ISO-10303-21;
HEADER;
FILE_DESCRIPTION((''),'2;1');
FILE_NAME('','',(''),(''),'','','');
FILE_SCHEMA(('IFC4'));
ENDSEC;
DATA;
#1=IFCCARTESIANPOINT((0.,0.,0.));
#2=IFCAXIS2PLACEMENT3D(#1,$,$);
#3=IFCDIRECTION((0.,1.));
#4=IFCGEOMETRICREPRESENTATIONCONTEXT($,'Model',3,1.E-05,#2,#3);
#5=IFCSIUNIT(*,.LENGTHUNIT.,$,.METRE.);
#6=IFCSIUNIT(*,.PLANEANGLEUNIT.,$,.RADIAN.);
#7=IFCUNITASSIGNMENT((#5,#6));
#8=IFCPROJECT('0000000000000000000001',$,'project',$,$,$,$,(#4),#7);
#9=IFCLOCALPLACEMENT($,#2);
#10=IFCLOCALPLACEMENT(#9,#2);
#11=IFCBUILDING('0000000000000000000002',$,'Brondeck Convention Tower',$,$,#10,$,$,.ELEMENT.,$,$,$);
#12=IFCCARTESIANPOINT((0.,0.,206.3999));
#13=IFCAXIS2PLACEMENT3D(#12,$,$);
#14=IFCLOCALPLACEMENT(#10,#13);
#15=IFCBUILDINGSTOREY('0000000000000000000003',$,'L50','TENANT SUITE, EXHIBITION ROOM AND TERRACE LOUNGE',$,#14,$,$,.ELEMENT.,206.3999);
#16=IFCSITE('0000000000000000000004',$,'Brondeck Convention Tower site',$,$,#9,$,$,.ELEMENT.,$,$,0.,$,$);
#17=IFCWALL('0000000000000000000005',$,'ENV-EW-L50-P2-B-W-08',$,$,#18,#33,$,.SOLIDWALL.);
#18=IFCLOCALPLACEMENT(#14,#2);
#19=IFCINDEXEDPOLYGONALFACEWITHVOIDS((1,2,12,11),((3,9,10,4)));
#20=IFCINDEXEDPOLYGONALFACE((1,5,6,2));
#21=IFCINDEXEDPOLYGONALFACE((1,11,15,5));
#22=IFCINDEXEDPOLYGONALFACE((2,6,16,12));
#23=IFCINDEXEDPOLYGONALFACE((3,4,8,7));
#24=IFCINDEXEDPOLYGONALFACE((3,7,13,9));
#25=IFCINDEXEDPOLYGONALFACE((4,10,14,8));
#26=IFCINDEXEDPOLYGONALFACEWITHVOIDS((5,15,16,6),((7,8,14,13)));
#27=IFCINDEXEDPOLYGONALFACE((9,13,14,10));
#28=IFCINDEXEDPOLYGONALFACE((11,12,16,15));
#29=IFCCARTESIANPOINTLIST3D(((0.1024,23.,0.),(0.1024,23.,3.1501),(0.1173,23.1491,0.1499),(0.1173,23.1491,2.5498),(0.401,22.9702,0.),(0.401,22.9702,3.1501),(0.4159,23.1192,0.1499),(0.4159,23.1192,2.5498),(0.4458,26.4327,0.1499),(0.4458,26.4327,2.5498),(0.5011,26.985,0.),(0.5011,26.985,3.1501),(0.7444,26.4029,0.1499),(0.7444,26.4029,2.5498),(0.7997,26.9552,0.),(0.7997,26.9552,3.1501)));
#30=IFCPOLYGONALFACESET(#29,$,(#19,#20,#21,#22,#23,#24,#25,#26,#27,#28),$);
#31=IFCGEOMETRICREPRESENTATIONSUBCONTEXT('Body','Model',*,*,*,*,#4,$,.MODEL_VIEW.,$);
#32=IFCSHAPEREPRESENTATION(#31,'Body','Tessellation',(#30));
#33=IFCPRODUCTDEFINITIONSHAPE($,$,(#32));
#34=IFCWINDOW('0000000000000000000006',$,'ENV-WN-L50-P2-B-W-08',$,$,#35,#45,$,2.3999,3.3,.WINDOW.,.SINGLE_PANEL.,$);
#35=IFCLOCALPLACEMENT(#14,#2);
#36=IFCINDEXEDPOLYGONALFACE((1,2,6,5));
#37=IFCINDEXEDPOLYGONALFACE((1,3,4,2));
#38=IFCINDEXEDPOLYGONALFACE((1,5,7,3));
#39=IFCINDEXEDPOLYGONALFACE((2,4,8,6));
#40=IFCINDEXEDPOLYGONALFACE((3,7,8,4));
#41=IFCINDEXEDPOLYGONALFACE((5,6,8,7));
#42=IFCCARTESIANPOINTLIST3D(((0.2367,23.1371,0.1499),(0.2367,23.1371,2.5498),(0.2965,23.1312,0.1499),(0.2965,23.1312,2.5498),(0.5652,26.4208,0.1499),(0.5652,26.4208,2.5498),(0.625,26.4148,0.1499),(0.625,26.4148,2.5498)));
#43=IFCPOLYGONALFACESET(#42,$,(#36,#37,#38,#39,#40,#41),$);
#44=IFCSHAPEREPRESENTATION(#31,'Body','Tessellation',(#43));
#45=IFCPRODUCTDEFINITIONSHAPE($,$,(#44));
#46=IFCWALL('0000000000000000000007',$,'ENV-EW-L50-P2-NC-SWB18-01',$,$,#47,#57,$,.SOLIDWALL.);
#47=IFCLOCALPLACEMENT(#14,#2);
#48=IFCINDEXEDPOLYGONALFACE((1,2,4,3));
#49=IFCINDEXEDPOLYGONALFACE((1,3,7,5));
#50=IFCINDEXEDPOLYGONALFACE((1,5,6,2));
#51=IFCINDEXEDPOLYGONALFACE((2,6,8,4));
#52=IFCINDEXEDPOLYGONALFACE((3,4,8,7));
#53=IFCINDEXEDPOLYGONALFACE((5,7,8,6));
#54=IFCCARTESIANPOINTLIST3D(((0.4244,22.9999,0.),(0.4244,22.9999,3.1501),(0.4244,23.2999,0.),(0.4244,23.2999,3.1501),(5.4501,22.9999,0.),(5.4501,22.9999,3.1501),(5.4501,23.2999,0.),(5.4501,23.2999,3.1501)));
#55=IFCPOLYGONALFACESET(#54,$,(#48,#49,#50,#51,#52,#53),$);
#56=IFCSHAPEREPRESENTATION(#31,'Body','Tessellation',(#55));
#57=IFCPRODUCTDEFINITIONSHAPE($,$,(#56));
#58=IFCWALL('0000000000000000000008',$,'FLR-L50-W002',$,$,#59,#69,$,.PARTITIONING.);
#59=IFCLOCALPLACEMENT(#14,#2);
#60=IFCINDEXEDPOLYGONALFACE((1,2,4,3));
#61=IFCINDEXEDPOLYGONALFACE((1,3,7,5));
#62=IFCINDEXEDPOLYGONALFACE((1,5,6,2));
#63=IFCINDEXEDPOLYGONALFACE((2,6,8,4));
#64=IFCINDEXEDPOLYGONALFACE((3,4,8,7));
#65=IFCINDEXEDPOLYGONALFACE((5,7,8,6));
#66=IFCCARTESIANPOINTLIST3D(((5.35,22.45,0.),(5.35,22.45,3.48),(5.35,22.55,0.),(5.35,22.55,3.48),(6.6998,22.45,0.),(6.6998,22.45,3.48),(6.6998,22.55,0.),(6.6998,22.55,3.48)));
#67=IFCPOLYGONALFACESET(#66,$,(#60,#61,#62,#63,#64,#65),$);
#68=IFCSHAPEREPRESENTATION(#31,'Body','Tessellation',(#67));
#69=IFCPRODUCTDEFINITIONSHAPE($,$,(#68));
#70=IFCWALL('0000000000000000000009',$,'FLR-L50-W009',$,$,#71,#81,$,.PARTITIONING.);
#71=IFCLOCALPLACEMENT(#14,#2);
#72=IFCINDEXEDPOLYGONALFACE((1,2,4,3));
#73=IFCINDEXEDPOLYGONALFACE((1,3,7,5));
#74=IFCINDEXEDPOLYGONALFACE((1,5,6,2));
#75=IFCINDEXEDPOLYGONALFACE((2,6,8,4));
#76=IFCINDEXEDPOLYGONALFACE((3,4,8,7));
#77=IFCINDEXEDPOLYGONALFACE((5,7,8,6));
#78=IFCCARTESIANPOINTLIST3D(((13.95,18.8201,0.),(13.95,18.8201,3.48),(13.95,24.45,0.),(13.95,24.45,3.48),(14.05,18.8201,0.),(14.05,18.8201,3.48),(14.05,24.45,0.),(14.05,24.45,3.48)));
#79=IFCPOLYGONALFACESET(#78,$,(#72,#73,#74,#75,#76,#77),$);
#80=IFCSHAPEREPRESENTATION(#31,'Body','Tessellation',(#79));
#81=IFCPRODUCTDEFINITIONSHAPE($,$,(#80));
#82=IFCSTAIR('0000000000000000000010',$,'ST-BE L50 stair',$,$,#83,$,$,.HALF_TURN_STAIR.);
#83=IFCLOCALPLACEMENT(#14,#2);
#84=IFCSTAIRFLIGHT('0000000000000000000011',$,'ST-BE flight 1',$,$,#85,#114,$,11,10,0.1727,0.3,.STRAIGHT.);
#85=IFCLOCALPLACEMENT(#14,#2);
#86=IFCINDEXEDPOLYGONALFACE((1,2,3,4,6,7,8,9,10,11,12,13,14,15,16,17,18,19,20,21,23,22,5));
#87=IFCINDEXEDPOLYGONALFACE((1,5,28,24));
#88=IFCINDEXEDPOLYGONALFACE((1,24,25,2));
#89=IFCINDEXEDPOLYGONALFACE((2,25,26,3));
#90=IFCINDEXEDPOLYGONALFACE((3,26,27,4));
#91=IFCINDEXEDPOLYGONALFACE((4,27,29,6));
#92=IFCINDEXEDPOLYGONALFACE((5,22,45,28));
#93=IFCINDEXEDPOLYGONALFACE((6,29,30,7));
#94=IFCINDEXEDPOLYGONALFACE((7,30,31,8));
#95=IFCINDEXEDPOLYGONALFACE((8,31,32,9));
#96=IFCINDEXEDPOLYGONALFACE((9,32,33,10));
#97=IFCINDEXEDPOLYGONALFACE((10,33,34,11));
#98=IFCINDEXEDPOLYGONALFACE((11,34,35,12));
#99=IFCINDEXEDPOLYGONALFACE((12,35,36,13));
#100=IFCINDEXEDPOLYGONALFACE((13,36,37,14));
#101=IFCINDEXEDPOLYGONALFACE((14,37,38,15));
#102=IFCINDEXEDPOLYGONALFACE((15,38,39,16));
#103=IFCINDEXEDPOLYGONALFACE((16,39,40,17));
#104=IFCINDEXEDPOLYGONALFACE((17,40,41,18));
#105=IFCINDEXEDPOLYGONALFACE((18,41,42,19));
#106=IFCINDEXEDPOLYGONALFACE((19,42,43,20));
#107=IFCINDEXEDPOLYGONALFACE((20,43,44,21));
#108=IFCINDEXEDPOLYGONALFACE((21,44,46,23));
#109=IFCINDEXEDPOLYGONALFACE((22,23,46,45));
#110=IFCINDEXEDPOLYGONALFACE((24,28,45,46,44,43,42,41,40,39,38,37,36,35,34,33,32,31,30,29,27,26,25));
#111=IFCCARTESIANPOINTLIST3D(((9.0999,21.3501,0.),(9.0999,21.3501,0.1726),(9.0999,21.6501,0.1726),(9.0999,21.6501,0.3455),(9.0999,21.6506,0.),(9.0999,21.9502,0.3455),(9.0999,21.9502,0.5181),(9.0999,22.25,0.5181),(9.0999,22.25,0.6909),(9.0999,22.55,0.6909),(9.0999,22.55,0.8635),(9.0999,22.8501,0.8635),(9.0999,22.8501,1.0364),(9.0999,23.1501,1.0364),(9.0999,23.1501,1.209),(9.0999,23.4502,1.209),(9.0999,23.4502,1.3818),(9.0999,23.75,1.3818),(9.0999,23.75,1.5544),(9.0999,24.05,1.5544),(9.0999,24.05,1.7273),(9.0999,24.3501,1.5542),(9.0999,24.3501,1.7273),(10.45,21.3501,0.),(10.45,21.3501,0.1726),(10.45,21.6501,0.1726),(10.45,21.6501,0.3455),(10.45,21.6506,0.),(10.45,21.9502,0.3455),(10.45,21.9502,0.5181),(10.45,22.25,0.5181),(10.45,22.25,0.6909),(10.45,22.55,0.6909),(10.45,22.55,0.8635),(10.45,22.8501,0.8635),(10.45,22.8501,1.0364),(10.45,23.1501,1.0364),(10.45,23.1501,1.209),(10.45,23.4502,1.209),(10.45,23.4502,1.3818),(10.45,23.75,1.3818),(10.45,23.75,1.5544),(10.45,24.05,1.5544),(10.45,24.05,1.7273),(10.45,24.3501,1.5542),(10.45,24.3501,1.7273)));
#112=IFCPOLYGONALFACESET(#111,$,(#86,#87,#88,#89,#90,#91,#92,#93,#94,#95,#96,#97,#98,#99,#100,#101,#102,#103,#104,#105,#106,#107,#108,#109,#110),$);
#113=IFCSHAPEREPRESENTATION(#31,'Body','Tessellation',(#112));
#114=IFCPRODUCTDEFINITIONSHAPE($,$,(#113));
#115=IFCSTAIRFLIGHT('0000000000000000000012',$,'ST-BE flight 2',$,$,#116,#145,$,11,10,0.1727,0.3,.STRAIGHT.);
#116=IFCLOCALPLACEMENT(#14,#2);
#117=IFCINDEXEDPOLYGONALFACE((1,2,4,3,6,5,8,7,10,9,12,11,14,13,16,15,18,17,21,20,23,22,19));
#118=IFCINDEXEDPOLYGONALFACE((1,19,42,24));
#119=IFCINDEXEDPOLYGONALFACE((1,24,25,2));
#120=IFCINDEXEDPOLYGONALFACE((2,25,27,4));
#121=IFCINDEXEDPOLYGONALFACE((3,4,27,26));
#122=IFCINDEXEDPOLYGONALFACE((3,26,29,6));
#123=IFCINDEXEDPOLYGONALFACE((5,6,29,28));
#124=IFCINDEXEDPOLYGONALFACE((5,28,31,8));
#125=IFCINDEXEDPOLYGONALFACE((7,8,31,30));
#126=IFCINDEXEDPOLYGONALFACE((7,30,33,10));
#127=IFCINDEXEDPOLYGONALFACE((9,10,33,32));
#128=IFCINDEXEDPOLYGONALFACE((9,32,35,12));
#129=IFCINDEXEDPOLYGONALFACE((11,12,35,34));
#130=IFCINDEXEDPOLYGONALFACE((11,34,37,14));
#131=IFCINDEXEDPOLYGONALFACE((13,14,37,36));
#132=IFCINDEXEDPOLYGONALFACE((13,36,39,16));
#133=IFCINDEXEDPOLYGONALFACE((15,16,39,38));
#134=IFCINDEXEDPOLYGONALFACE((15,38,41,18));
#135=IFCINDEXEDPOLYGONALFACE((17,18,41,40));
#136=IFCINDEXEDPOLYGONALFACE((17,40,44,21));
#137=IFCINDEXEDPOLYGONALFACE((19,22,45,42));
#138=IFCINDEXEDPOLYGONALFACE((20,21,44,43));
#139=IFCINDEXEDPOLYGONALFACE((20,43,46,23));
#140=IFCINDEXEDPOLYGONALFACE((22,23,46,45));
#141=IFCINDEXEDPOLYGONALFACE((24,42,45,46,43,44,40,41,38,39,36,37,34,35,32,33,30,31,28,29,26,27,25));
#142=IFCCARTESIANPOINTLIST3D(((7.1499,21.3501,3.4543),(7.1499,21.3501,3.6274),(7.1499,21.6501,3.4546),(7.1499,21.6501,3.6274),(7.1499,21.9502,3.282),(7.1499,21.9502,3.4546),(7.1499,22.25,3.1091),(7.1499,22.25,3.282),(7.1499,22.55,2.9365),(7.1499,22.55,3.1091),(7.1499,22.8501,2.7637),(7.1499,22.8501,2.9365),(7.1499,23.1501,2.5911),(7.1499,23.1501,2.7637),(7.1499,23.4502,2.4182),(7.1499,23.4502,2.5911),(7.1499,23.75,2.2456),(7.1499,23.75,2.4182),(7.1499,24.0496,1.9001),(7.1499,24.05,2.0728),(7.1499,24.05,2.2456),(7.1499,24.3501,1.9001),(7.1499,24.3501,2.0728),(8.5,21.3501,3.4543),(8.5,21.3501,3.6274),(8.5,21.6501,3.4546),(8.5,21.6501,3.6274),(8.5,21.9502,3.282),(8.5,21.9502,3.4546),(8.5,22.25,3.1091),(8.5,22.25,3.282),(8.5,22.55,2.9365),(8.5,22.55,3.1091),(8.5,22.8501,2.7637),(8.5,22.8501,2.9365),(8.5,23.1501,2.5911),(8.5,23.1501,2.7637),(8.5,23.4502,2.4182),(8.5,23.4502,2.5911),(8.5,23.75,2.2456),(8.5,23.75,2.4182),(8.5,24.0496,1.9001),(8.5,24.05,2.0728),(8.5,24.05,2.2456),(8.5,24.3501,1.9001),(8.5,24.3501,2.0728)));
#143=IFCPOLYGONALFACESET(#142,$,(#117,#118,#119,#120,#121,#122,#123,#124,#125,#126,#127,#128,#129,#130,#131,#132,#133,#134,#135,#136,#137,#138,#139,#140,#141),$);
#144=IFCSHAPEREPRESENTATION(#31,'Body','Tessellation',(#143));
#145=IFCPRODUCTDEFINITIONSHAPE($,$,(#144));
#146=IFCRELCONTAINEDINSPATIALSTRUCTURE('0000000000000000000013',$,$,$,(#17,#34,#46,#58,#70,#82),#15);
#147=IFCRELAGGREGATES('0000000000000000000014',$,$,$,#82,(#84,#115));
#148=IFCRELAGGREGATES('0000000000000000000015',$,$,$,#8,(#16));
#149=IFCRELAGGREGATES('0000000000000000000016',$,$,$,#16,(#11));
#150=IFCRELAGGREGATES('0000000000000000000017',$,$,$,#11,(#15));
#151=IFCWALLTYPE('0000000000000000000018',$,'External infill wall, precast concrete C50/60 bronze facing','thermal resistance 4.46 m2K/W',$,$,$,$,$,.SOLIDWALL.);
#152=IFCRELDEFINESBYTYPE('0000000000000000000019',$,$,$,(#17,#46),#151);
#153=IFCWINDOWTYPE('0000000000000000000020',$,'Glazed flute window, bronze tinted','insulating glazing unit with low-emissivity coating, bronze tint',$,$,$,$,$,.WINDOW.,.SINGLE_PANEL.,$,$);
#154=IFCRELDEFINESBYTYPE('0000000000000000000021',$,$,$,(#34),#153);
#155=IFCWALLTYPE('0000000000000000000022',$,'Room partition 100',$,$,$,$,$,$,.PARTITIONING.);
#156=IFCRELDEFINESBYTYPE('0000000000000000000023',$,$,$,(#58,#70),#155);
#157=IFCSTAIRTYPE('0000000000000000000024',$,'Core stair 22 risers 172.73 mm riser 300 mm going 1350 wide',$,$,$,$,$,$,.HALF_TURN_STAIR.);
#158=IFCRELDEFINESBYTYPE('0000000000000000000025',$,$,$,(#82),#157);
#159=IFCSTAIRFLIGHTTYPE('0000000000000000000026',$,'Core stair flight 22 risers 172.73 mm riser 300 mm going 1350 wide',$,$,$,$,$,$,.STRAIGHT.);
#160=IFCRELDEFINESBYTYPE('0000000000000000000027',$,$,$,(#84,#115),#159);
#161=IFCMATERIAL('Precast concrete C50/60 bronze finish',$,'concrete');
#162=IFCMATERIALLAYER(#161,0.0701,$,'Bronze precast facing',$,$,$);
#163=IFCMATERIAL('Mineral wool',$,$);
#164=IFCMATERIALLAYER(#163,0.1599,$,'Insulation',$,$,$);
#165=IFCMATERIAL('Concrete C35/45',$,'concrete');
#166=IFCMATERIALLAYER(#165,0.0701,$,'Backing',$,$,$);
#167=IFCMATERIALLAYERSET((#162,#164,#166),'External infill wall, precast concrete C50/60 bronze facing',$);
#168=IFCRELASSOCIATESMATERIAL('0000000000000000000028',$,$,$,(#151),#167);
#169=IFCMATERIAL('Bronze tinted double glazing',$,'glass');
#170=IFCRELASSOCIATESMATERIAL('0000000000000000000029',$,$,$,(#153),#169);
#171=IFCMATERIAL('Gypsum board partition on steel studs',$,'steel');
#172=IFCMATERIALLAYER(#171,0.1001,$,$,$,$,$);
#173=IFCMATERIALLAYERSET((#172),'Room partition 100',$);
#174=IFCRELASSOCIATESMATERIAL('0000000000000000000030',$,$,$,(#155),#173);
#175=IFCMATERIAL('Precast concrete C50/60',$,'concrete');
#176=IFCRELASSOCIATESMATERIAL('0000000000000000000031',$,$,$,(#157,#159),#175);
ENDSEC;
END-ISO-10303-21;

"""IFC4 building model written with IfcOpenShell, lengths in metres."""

from ifc_helpers import new_model, si_unit, direction, frame, frame_2d, origin, place, context, subcontext, project, spatial, polyline, rectangle, outline, extrude, material, layer, layer_set, type_object, element, fill, aggregate, save


model = new_model("IFC4")

# Units and contexts
model_context = context("Model", 3, precision=1e-05, world=origin(), true_north=direction((0.0, 1.0)))
body_context = subcontext(model_context, "Body", "Model", "MODEL_VIEW")
ifc_project = project(units=[si_unit("LENGTHUNIT", "METRE"), si_unit("PLANEANGLEUNIT", "RADIAN")], contexts=[model_context])

# Site, building, storey
site_placement = place(None, origin())
site = spatial("IfcSite", under=ifc_project, at=site_placement, Name="Brondeck Convention Tower site", CompositionType="ELEMENT", RefElevation=0.0)
building_placement = place(site_placement, origin())
building = spatial("IfcBuilding", under=site, at=building_placement, Name="Brondeck Convention Tower", CompositionType="ELEMENT")
storey_placement = place(building_placement, frame((0.0, 0.0, 206.3999)))
storey = spatial("IfcBuildingStorey", under=building, at=storey_placement, Name="L50", Description="TENANT SUITE, EXHIBITION ROOM AND TERRACE LOUNGE", CompositionType="ELEMENT", Elevation=206.3999)

# Shared definitions
ifc_material_1 = material(Name="Precast concrete C50/60 bronze finish", Category="concrete")
ifc_layer_1 = layer(ifc_material_1, 0.0701, Name="Bronze precast facing")
ifc_material_2 = material(Name="Mineral wool")
ifc_layer_2 = layer(ifc_material_2, 0.1599, Name="Insulation")
ifc_material_3 = material(Name="Concrete C35/45", Category="concrete")
ifc_layer_3 = layer(ifc_material_3, 0.0701, Name="Backing")
ifc_layer_set_1 = layer_set([ifc_layer_1, ifc_layer_2, ifc_layer_3], Name="External infill wall, precast concrete C50/60 bronze facing")
wall_type_1 = type_object("IfcWallType", Name="External infill wall, precast concrete C50/60 bronze facing", Description="thermal resistance 4.46 m2K/W", PredefinedType="SOLIDWALL", material=ifc_layer_set_1)
ifc_material_4 = material(Name="Bronze tinted double glazing", Category="glass")
window_type_1 = type_object("IfcWindowType", Name="Glazed flute window, bronze tinted", Description="insulating glazing unit with low-emissivity coating, bronze tint", PartitioningType="SINGLE_PANEL", PredefinedType="WINDOW", material=ifc_material_4)

# Wall, opening, window
wall_1_placement = place(storey_placement, frame((0.2517, 22.9851, 0.0), z_axis=(0.0, 0.0, 1.0), x_axis=(0.099546, 0.995033, 0.0)))
wall_1 = element("IfcWall", 1, at=wall_1_placement, inside=storey, type_object=wall_type_1, Name="ENV-EW-L50-P2-B-W-08", PredefinedType="SOLIDWALL", context=body_context, shape_type="SweptSolid", body=[
    extrude(rectangle(XDim=4.0049, YDim=0.3, at=frame_2d((2.0024, 0.0))), origin(), (0.0, 0.0, 1.0), 3.1501),
])
opening_1_placement = place(wall_1_placement, frame((0.1499, 0.0, 0.1499)))
opening_1 = element("IfcOpeningElement", 2, at=opening_1_placement, cuts=wall_1, PredefinedType="OPENING", context=body_context, shape_type="SweptSolid", body=[
    extrude(rectangle(XDim=3.3, YDim=2.3999, at=frame_2d((1.6499, 1.2))), frame((0.0, 0.1599, 0.0), z_axis=(0.0, -1.0, 0.0), x_axis=(1.0, 0.0, 0.0)), (0.0, 0.0, 1.0), 0.3201),
])
window_1_placement = place(opening_1_placement, origin())
window_1 = element("IfcWindow", 3, at=window_1_placement, inside=storey, type_object=window_type_1, Name="ENV-WN-L50-P2-B-W-08", OverallHeight=2.3999, OverallWidth=3.3, PartitioningType="SINGLE_PANEL", PredefinedType="WINDOW", context=body_context, shape_type="SweptSolid", body=[
    extrude(rectangle(XDim=3.3, YDim=2.3999, at=frame_2d((1.6499, 1.2))), frame((0.0, 0.03, 0.0), z_axis=(0.0, -1.0, 0.0), x_axis=(1.0, 0.0, 0.0)), (0.0, 0.0, 1.0), 0.0601),
])
fill(opening_1, window_1)

# Walls
wall_2_placement = place(storey_placement, frame((5.45, 23.1499, 0.0), z_axis=(0.0, 0.0, 1.0), x_axis=(-1.0, 0.0, 0.0)))
element("IfcWall", 4, at=wall_2_placement, inside=storey, type_object=wall_type_1, Name="ENV-EW-L50-P2-NC-SWB18-01", PredefinedType="SOLIDWALL", context=body_context, shape_type="SweptSolid", body=[
    extrude(rectangle(XDim=5.0256, YDim=0.3, at=frame_2d((2.5127, 0.0))), origin(), (0.0, 0.0, 1.0), 3.1501),
])
ifc_material_5 = material(Name="Gypsum board partition on steel studs", Category="steel")
ifc_layer_4 = layer(ifc_material_5, 0.1001)
ifc_layer_set_2 = layer_set([ifc_layer_4], Name="Room partition 100")
wall_type_2 = type_object("IfcWallType", Name="Room partition 100", PredefinedType="PARTITIONING", material=ifc_layer_set_2)
wall_3_placement = place(storey_placement, frame((5.3501, 22.5, 0.0), z_axis=(0.0, 0.0, 1.0), x_axis=(1.0, 0.0, 0.0)))
element("IfcWall", 5, at=wall_3_placement, inside=storey, type_object=wall_type_2, Name="FLR-L50-W002", PredefinedType="PARTITIONING", context=body_context, shape_type="SweptSolid", body=[
    extrude(rectangle(XDim=1.3499, YDim=0.1001, at=frame_2d((0.6748, 0.0))), origin(), (0.0, 0.0, 1.0), 3.48),
])
wall_4_placement = place(storey_placement, frame((14.0, 24.45, 0.0), z_axis=(0.0, 0.0, 1.0), x_axis=(0.0, -1.0, 0.0)))
element("IfcWall", 6, at=wall_4_placement, inside=storey, type_object=wall_type_2, Name="FLR-L50-W009", PredefinedType="PARTITIONING", context=body_context, shape_type="SweptSolid", body=[
    extrude(rectangle(XDim=5.6299, YDim=0.1001, at=frame_2d((2.8149, 0.0))), origin(), (0.0, 0.0, 1.0), 3.48),
])

# Stair, stair flights
ifc_material_6 = material(Name="Precast concrete C50/60", Category="concrete")
stair_type = type_object("IfcStairType", Name="Core stair 22 risers 172.73 mm riser 300 mm going 1350 wide", PredefinedType="HALF_TURN_STAIR", material=ifc_material_6)
stair_placement = place(storey_placement, origin())
stair = element("IfcStair", 7, at=stair_placement, inside=storey, type_object=stair_type, Name="ST-BE L50 stair", PredefinedType="HALF_TURN_STAIR")
stair_flight_type = type_object("IfcStairFlightType", Name="Core stair flight 22 risers 172.73 mm riser 300 mm going 1350 wide", PredefinedType="STRAIGHT", material=ifc_material_6)
stair_flight_1_placement = place(storey_placement, frame((9.7749, 21.3501, 0.0), z_axis=(0.0, 0.0, 1.0), x_axis=(0.0, 1.0, 0.0)))
stair_flight_1 = element("IfcStairFlight", 8, at=stair_flight_1_placement, type_object=stair_flight_type, Name="ST-BE flight 1", NumberOfRisers=11, NumberOfTreads=10, PredefinedType="STRAIGHT", RiserHeight=0.1727, TreadLength=0.3, context=body_context, shape_type="SweptSolid", body=[
    extrude(outline(polyline([(0.0, 0.0), (0.0, 0.1726), (0.3, 0.1726), (0.3, 0.3455), (0.6001, 0.3455), (0.6001, 0.5181), (0.8999, 0.5181), (0.8999, 0.6909), (1.2, 0.6909), (1.2, 0.8635), (1.5, 0.8635), (1.5, 1.0364), (1.8, 1.0364), (1.8, 1.209), (2.1001, 1.209), (2.1001, 1.3818), (2.3999, 1.3818), (2.3999, 1.5544), (2.7, 1.5544), (2.7, 1.7273), (3.0, 1.7273), (3.0, 1.8999), (3.0, 1.5542), (0.3005, 0.0), (0.0, 0.0)])), frame((0.0, 0.675, 0.0), z_axis=(0.0, -1.0, 0.0), x_axis=(1.0, 0.0, 0.0)), (0.0, 0.0, 1.0), 1.3501),
])
stair_flight_2_placement = place(storey_placement, frame((7.825, 24.3501, 1.9001), z_axis=(0.0, 0.0, 1.0), x_axis=(0.0, -1.0, 0.0)))
stair_flight_2 = element("IfcStairFlight", 9, at=stair_flight_2_placement, type_object=stair_flight_type, Name="ST-BE flight 2", NumberOfRisers=11, NumberOfTreads=10, PredefinedType="STRAIGHT", RiserHeight=0.1727, TreadLength=0.3, context=body_context, shape_type="SweptSolid", body=[
    extrude(outline(polyline([(0.0, 0.0), (0.0, 0.1726), (0.3, 0.1726), (0.3, 0.3455), (0.6001, 0.3455), (0.6001, 0.5181), (0.8999, 0.5181), (0.8999, 0.6909), (1.2, 0.6909), (1.2, 0.8635), (1.5, 0.8635), (1.5, 1.0364), (1.8, 1.0364), (1.8, 1.209), (2.1001, 1.209), (2.1001, 1.3818), (2.3999, 1.3818), (2.3999, 1.5544), (2.7, 1.5544), (2.7, 1.7273), (3.0, 1.7273), (3.0, 1.8999), (3.0, 1.5542), (0.3005, 0.0), (0.0, 0.0)])), frame((0.0, 0.675, 0.0), z_axis=(0.0, -1.0, 0.0), x_axis=(1.0, 0.0, 0.0)), (0.0, 0.0, 1.0), 1.3501),
])
aggregate(stair, [stair_flight_1, stair_flight_2])

save(model, "model.ifc")
